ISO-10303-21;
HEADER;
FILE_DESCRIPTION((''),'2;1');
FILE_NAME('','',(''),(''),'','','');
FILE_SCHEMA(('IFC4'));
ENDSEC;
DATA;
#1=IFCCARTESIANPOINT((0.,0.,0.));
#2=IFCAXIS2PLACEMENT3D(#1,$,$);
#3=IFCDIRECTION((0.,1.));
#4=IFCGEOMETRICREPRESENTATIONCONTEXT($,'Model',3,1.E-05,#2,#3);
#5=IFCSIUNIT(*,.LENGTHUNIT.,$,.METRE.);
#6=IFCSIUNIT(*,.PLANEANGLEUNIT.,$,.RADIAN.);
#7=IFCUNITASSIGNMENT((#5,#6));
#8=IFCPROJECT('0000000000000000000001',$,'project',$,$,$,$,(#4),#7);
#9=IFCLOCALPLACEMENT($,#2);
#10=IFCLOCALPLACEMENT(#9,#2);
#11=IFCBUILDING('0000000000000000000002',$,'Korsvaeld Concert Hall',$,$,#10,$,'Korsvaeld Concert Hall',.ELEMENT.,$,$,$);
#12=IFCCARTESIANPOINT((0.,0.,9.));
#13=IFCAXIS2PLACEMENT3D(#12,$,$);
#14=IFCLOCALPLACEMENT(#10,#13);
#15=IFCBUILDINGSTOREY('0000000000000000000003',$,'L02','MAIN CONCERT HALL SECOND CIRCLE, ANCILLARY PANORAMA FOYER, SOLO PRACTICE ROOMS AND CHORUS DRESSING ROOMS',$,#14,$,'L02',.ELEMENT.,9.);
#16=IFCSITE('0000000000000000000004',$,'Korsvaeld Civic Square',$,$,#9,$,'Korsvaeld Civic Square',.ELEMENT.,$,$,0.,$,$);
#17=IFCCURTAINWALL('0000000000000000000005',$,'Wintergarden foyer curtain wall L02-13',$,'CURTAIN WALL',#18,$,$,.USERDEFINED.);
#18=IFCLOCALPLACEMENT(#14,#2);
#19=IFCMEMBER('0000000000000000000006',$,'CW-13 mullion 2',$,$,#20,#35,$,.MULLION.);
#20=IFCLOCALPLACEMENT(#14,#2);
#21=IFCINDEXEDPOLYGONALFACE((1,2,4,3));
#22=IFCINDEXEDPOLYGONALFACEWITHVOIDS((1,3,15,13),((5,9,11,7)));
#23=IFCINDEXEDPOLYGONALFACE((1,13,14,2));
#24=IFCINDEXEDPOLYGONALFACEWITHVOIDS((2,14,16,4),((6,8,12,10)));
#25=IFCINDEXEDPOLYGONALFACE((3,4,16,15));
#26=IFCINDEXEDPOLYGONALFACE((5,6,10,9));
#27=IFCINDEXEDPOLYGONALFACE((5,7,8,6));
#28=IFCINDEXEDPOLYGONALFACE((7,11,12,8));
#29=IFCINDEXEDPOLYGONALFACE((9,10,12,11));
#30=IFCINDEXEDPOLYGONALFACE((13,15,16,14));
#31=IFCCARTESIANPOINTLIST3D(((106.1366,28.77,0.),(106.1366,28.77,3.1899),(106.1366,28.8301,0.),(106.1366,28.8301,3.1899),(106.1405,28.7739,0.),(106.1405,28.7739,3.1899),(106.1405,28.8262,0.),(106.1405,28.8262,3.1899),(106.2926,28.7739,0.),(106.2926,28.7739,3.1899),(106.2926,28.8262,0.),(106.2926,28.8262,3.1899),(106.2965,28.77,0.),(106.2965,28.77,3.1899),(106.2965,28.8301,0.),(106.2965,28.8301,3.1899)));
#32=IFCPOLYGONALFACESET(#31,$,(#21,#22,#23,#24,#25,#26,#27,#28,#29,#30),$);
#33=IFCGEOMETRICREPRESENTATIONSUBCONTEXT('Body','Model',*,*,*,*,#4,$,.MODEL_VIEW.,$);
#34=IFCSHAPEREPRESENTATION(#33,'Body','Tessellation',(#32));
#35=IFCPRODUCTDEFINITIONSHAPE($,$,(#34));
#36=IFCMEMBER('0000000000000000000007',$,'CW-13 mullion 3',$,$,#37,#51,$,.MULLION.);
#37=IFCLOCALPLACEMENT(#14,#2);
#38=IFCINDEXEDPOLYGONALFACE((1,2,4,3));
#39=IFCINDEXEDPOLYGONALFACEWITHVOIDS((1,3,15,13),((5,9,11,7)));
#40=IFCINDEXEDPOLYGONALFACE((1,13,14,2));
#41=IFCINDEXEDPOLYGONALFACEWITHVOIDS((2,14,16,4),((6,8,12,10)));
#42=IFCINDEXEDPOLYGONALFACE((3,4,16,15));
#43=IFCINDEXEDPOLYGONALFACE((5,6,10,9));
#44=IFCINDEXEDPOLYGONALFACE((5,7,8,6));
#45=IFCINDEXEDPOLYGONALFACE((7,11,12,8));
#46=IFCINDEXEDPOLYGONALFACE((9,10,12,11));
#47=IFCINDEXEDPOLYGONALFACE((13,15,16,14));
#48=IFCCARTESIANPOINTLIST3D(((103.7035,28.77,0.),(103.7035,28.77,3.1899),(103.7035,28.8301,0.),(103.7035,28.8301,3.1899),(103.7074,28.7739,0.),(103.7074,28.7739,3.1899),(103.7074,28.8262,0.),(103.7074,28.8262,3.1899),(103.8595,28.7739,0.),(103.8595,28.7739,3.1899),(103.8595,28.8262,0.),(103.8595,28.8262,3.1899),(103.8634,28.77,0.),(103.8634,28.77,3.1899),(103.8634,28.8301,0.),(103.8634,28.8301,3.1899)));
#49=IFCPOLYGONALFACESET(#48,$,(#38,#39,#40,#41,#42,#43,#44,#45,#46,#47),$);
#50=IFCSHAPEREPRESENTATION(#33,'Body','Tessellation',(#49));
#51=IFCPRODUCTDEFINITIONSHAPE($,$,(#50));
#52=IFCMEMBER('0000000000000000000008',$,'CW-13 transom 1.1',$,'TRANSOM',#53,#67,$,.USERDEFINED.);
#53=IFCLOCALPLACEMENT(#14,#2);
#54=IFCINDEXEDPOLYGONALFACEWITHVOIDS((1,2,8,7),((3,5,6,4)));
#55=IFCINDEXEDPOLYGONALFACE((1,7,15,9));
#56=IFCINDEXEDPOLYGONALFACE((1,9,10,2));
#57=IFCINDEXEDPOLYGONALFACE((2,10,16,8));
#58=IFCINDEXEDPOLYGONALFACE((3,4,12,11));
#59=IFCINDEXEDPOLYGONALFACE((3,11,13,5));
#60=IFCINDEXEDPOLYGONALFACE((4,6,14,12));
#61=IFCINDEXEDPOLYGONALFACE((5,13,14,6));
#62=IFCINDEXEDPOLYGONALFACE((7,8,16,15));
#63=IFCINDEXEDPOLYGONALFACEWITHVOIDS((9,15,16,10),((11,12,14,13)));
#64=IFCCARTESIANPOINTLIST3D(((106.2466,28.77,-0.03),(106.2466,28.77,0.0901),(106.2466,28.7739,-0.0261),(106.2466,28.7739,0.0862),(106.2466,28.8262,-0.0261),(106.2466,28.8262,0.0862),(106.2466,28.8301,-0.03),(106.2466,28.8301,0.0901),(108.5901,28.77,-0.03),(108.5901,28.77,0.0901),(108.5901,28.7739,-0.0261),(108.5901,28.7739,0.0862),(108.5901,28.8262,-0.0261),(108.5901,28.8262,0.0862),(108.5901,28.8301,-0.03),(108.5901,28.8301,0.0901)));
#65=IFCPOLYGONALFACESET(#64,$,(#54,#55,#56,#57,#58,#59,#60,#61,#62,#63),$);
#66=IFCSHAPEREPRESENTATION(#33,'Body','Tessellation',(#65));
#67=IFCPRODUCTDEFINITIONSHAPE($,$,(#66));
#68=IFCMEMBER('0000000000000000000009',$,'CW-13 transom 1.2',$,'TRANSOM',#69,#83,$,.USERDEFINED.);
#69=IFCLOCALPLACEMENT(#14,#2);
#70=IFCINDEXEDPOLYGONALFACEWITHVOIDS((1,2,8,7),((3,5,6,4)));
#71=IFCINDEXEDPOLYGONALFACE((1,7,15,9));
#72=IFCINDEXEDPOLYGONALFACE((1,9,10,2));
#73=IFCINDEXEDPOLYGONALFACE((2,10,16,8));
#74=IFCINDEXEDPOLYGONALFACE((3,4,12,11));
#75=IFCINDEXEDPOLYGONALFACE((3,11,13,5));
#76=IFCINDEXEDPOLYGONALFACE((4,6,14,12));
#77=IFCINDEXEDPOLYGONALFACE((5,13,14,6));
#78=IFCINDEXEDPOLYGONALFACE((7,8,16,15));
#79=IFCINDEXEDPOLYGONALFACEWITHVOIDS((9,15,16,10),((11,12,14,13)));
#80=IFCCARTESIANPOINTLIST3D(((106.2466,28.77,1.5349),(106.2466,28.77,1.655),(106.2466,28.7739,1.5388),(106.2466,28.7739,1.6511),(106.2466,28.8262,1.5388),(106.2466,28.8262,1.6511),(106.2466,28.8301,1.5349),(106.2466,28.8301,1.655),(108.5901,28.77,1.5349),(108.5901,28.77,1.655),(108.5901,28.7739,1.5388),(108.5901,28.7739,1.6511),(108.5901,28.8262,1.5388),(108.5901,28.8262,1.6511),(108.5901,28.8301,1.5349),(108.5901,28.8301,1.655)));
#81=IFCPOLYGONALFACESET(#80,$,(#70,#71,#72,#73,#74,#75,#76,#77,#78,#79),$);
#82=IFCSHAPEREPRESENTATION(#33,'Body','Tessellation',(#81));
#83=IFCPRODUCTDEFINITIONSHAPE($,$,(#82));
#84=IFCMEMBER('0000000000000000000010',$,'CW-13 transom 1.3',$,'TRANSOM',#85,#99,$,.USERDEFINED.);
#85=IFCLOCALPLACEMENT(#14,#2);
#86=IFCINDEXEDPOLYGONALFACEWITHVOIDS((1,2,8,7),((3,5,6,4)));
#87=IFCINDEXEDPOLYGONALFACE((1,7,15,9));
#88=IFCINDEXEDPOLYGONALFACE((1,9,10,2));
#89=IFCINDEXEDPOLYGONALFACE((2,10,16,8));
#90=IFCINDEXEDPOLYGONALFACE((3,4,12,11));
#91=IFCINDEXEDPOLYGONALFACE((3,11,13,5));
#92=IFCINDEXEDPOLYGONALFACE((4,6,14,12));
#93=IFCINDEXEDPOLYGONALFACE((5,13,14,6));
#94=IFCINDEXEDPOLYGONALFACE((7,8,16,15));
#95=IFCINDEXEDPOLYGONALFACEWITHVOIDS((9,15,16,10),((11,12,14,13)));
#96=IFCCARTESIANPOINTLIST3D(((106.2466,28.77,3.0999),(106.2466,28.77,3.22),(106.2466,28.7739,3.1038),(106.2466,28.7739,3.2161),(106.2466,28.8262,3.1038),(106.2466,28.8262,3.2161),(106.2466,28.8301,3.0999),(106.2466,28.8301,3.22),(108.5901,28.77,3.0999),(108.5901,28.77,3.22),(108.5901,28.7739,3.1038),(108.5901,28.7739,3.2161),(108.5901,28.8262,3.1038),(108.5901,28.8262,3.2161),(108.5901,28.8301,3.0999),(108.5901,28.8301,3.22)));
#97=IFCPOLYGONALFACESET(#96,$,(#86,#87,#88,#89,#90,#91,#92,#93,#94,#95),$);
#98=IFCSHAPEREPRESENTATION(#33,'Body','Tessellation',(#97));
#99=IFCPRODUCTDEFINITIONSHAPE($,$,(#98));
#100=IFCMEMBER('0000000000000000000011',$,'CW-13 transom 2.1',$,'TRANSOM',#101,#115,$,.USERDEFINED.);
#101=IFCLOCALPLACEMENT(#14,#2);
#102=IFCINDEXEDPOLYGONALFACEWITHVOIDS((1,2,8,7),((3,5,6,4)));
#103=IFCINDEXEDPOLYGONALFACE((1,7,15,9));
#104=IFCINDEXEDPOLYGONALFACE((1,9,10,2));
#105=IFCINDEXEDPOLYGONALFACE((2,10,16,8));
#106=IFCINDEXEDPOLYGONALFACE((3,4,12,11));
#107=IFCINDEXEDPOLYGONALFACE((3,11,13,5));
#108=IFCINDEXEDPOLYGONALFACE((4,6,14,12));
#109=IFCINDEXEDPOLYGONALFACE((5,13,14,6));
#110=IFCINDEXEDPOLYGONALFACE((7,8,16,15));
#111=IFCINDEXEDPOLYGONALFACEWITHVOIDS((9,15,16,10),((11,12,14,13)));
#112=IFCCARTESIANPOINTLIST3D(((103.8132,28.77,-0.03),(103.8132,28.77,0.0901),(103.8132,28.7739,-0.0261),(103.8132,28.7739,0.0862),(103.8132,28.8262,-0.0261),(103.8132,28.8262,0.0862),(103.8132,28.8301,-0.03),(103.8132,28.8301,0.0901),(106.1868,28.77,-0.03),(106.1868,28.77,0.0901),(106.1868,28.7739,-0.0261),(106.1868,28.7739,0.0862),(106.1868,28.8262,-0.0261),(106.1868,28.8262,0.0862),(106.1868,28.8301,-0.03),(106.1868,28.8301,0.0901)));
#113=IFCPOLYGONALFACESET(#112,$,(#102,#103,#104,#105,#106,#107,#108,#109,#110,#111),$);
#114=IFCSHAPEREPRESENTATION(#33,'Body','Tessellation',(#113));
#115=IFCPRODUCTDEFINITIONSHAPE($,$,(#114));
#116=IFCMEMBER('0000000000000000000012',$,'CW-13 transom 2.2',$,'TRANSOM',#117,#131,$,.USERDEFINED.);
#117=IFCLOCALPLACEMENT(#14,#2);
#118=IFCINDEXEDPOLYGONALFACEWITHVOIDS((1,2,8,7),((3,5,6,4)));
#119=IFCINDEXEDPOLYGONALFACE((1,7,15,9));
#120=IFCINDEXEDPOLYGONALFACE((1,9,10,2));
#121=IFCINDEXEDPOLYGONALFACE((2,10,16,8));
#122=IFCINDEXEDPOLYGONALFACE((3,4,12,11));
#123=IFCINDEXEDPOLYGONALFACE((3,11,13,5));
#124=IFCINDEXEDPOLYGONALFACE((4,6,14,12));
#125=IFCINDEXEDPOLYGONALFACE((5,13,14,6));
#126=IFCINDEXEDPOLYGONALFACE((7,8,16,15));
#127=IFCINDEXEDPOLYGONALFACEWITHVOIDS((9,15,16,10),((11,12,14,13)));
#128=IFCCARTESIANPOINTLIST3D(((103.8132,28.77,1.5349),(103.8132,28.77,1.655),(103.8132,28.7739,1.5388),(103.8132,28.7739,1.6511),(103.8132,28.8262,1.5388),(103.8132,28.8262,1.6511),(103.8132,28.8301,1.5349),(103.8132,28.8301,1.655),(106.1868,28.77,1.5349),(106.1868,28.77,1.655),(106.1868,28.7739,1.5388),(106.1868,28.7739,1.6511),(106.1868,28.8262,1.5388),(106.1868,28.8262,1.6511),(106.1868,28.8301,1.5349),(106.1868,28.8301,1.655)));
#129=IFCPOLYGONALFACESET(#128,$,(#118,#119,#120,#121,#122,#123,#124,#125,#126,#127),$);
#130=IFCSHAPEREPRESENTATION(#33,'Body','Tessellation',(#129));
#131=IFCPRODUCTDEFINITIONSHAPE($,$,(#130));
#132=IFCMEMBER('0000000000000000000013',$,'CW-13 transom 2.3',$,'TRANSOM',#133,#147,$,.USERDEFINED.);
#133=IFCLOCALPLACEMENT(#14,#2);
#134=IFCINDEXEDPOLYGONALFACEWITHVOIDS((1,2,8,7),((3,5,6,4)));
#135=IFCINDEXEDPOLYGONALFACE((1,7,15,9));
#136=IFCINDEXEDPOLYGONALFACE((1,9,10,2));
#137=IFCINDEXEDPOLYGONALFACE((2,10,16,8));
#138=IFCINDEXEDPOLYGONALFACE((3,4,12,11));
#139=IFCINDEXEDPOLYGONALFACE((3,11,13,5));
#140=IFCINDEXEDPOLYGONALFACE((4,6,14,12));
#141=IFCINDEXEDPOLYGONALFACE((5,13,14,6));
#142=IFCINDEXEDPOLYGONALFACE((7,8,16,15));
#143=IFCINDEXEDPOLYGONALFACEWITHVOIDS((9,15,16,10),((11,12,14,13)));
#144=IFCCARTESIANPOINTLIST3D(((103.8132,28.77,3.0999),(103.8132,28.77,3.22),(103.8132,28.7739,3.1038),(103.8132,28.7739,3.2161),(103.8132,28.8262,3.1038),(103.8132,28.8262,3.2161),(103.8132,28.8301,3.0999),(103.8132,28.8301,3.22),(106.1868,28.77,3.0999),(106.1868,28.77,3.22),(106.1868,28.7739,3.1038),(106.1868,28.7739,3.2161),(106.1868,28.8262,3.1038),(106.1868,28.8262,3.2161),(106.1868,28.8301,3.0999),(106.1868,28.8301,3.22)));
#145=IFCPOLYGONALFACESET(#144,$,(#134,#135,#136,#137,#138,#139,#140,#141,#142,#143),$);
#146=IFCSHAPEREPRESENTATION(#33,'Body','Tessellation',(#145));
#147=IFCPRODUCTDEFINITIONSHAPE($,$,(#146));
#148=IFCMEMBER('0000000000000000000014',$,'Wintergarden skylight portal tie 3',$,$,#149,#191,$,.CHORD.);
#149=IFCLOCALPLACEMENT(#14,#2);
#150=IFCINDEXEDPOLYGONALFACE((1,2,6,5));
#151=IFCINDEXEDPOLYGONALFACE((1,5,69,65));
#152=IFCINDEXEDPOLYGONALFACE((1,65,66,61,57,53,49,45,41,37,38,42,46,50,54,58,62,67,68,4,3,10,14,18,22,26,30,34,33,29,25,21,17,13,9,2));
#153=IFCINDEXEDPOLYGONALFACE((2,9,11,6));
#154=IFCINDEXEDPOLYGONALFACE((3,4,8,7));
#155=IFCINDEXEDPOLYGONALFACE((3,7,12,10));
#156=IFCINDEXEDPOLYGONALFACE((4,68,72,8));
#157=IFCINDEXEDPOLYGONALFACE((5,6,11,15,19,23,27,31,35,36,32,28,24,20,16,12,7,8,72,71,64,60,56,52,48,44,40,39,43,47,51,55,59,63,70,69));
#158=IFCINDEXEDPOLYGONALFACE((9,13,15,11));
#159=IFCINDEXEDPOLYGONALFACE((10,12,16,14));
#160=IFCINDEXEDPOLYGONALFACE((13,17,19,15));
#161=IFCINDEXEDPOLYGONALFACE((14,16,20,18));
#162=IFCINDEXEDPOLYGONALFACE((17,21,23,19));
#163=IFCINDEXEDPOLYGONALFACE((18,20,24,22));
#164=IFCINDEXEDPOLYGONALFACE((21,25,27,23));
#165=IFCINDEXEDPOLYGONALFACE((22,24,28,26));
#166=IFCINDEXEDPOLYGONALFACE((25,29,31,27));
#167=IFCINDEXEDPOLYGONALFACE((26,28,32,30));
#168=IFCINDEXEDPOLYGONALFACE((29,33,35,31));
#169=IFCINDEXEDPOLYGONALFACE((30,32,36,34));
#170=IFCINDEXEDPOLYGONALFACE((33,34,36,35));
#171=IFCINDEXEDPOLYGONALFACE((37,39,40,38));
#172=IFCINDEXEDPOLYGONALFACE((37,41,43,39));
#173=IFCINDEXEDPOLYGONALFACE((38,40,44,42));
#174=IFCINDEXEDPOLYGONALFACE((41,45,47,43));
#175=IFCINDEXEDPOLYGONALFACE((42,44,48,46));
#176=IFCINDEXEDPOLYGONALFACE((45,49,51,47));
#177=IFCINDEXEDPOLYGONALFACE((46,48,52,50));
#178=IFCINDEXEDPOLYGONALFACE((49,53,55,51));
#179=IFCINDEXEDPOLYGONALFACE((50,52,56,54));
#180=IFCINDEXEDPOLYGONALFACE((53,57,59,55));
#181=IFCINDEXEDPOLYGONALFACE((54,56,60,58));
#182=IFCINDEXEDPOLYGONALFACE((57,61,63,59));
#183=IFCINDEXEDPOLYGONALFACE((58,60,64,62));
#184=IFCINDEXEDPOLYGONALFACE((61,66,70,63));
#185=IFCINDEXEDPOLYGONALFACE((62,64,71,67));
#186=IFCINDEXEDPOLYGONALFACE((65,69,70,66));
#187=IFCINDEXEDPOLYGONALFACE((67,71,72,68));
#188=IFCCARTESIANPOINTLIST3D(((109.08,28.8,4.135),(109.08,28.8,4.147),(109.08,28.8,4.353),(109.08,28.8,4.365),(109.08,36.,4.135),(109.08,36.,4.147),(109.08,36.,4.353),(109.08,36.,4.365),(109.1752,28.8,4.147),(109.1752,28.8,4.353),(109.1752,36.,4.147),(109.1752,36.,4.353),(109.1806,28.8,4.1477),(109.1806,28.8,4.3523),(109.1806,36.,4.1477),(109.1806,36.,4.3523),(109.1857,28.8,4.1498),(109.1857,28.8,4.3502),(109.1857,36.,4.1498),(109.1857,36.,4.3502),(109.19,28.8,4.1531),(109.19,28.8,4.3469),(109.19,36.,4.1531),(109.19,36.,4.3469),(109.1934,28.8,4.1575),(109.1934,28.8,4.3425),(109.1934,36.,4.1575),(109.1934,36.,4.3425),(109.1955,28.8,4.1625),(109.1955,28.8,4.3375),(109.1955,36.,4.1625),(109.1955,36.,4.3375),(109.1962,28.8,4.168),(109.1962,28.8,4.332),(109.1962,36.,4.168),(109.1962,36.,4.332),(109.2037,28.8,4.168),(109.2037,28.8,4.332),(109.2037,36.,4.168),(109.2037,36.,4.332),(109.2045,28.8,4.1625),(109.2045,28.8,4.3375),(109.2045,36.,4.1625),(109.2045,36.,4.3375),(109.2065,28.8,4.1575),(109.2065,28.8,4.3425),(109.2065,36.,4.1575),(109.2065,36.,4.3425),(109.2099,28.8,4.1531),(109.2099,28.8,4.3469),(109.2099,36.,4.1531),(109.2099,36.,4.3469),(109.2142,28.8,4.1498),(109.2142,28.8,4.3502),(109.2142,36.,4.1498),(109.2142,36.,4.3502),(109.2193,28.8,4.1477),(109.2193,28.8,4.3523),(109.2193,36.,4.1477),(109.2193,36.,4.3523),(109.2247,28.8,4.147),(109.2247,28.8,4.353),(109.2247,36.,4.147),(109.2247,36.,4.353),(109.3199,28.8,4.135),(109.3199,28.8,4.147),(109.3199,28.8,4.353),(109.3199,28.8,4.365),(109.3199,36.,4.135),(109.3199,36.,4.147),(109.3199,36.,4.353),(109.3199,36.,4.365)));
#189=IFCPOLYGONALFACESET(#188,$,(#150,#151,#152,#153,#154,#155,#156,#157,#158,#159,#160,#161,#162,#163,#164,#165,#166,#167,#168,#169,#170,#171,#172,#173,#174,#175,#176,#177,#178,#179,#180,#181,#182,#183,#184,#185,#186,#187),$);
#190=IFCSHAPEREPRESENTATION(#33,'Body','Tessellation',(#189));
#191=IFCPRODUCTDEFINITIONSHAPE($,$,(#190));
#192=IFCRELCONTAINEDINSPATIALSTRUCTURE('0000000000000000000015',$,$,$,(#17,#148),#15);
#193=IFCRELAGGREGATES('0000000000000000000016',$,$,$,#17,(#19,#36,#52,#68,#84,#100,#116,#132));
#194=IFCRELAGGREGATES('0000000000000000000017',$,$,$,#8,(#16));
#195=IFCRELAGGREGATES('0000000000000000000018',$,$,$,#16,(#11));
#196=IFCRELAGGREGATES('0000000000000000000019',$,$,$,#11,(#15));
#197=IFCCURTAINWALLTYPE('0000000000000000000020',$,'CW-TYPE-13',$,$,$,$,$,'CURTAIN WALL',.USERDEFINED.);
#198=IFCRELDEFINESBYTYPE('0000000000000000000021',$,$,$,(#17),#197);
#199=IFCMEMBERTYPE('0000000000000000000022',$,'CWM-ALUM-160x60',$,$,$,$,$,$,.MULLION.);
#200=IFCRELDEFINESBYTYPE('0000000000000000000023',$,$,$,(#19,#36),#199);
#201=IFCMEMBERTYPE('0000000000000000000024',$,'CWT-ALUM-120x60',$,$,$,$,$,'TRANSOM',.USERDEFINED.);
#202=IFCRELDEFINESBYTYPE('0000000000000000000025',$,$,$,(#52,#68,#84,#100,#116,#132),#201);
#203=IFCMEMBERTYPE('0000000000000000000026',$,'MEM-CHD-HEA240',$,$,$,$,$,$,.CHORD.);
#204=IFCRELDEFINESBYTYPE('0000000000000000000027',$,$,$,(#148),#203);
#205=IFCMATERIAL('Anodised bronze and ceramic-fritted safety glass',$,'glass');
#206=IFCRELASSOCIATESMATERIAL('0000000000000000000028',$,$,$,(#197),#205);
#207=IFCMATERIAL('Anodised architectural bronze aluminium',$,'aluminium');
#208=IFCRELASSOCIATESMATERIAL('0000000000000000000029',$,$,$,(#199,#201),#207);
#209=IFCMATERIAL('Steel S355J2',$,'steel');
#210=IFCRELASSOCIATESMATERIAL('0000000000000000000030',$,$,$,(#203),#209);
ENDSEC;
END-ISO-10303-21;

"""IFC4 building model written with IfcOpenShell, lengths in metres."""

from ifc_helpers import new_model, si_unit, direction, frame, origin, origin_2d, place, context, subcontext, project, spatial, hollow_rectangle, i_section, extrude, material, material_profile, profile_set, type_object, element, aggregate, save


model = new_model("IFC4")

# Units and contexts
model_context = context("Model", 3, precision=1e-05, world=origin(), true_north=direction((0.0, 1.0)))
body_context = subcontext(model_context, "Body", "Model", "MODEL_VIEW")
ifc_project = project(units=[si_unit("LENGTHUNIT", "METRE"), si_unit("PLANEANGLEUNIT", "RADIAN")], contexts=[model_context])

# Site, building, storey
site_placement = place(None, origin())
site = spatial("IfcSite", under=ifc_project, at=site_placement, Name="Korsvaeld Civic Square", LongName="Korsvaeld Civic Square", CompositionType="ELEMENT", RefElevation=0.0)
building_placement = place(site_placement, origin())
building = spatial("IfcBuilding", under=site, at=building_placement, Name="Korsvaeld Concert Hall", LongName="Korsvaeld Concert Hall", CompositionType="ELEMENT")
storey_placement = place(building_placement, frame((0.0, 0.0, 9.0)))
storey = spatial("IfcBuildingStorey", under=building, at=storey_placement, Name="L02", Description="MAIN CONCERT HALL SECOND CIRCLE, ANCILLARY PANORAMA FOYER, SOLO PRACTICE ROOMS AND CHORUS DRESSING ROOMS", LongName="L02", CompositionType="ELEMENT", Elevation=9.0)

# Shared definitions
ifc_material_1 = material(Name="Steel S355J2", Category="steel")

# Curtain wall, members
ifc_material_2 = material(Name="Anodised bronze and ceramic-fritted safety glass", Category="glass")
curtain_wall_type = type_object("IfcCurtainWallType", Name="CW-TYPE-13", ElementType="CURTAIN WALL", PredefinedType="USERDEFINED", material=ifc_material_2)
curtain_wall_placement = place(storey_placement, origin())
curtain_wall = element("IfcCurtainWall", 1, at=curtain_wall_placement, inside=storey, type_object=curtain_wall_type, Name="Wintergarden foyer curtain wall L02-13", ObjectType="CURTAIN WALL", PredefinedType="USERDEFINED")
ifc_material_3 = material(Name="Anodised architectural bronze aluminium", Category="aluminium")
ifc_material_profile_1 = material_profile(ifc_material_3, hollow_rectangle(XDim=0.0601, YDim=0.1599, WallThickness=0.0039, at=origin_2d()), Name="CWM 160x60x4")
ifc_profile_set_1 = profile_set([ifc_material_profile_1], Name="Anodised architectural bronze aluminium")
member_type_1 = type_object("IfcMemberType", Name="CWM-ALUM-160x60", PredefinedType="MULLION", material=ifc_profile_set_1)
member_1_placement = place(storey_placement, frame((106.2166, 28.8, 0.0), z_axis=(0.0, 0.0, 1.0), x_axis=(0.0, -1.0, 0.0)))
member_1 = element("IfcMember", 2, at=member_1_placement, type_object=member_type_1, Name="CW-13 mullion 2", PredefinedType="MULLION", context=body_context, shape_type="SweptSolid", body=[
    extrude(hollow_rectangle(XDim=0.0601, YDim=0.1599, WallThickness=0.0039, at=origin_2d()), origin(), (0.0, 0.0, 1.0), 3.1899),
])
member_2_placement = place(storey_placement, frame((103.7834, 28.8, 0.0), z_axis=(0.0, 0.0, 1.0), x_axis=(0.0, -1.0, 0.0)))
member_2 = element("IfcMember", 3, at=member_2_placement, type_object=member_type_1, Name="CW-13 mullion 3", PredefinedType="MULLION", context=body_context, shape_type="SweptSolid", body=[
    extrude(hollow_rectangle(XDim=0.0601, YDim=0.1599, WallThickness=0.0039, at=origin_2d()), origin(), (0.0, 0.0, 1.0), 3.1899),
])
ifc_material_profile_2 = material_profile(ifc_material_3, hollow_rectangle(XDim=0.0601, YDim=0.1201, WallThickness=0.0039, at=origin_2d()), Name="CWT 120x60x4")
ifc_profile_set_2 = profile_set([ifc_material_profile_2], Name="Anodised architectural bronze aluminium")
member_type_2 = type_object("IfcMemberType", Name="CWT-ALUM-120x60", ElementType="TRANSOM", PredefinedType="USERDEFINED", material=ifc_profile_set_2)
member_3_placement = place(storey_placement, frame((108.5901, 28.8, 0.03), z_axis=(-1.0, 0.0, 0.0), x_axis=(0.0, -1.0, 0.0)))
member_3 = element("IfcMember", 4, at=member_3_placement, type_object=member_type_2, Name="CW-13 transom 1.1", ObjectType="TRANSOM", PredefinedType="USERDEFINED", context=body_context, shape_type="SweptSolid", body=[
    extrude(hollow_rectangle(XDim=0.0601, YDim=0.1201, WallThickness=0.0039, at=origin_2d()), origin(), (0.0, 0.0, 1.0), 2.3435),
])
member_4_placement = place(storey_placement, frame((108.5901, 28.8, 1.595), z_axis=(-1.0, 0.0, 0.0), x_axis=(0.0, -1.0, 0.0)))
member_4 = element("IfcMember", 5, at=member_4_placement, type_object=member_type_2, Name="CW-13 transom 1.2", ObjectType="TRANSOM", PredefinedType="USERDEFINED", context=body_context, shape_type="SweptSolid", body=[
    extrude(hollow_rectangle(XDim=0.0601, YDim=0.1201, WallThickness=0.0039, at=origin_2d()), origin(), (0.0, 0.0, 1.0), 2.3435),
])
member_5_placement = place(storey_placement, frame((108.5901, 28.8, 3.1599), z_axis=(-1.0, 0.0, 0.0), x_axis=(0.0, -1.0, 0.0)))
member_5 = element("IfcMember", 6, at=member_5_placement, type_object=member_type_2, Name="CW-13 transom 1.3", ObjectType="TRANSOM", PredefinedType="USERDEFINED", context=body_context, shape_type="SweptSolid", body=[
    extrude(hollow_rectangle(XDim=0.0601, YDim=0.1201, WallThickness=0.0039, at=origin_2d()), origin(), (0.0, 0.0, 1.0), 2.3435),
])
member_6_placement = place(storey_placement, frame((106.1868, 28.8, 0.03), z_axis=(-1.0, 0.0, 0.0), x_axis=(0.0, -1.0, 0.0)))
member_6 = element("IfcMember", 7, at=member_6_placement, type_object=member_type_2, Name="CW-13 transom 2.1", ObjectType="TRANSOM", PredefinedType="USERDEFINED", context=body_context, shape_type="SweptSolid", body=[
    extrude(hollow_rectangle(XDim=0.0601, YDim=0.1201, WallThickness=0.0039, at=origin_2d()), origin(), (0.0, 0.0, 1.0), 2.3735),
])
member_7_placement = place(storey_placement, frame((106.1868, 28.8, 1.595), z_axis=(-1.0, 0.0, 0.0), x_axis=(0.0, -1.0, 0.0)))
member_7 = element("IfcMember", 8, at=member_7_placement, type_object=member_type_2, Name="CW-13 transom 2.2", ObjectType="TRANSOM", PredefinedType="USERDEFINED", context=body_context, shape_type="SweptSolid", body=[
    extrude(hollow_rectangle(XDim=0.0601, YDim=0.1201, WallThickness=0.0039, at=origin_2d()), origin(), (0.0, 0.0, 1.0), 2.3735),
])
member_8_placement = place(storey_placement, frame((106.1868, 28.8, 3.1599), z_axis=(-1.0, 0.0, 0.0), x_axis=(0.0, -1.0, 0.0)))
member_8 = element("IfcMember", 9, at=member_8_placement, type_object=member_type_2, Name="CW-13 transom 2.3", ObjectType="TRANSOM", PredefinedType="USERDEFINED", context=body_context, shape_type="SweptSolid", body=[
    extrude(hollow_rectangle(XDim=0.0601, YDim=0.1201, WallThickness=0.0039, at=origin_2d()), origin(), (0.0, 0.0, 1.0), 2.3735),
])

# Member
ifc_material_profile_3 = material_profile(ifc_material_1, i_section(OverallWidth=0.24, OverallDepth=0.23, WebThickness=0.0076, FlangeThickness=0.012, FilletRadius=0.021, at=origin_2d()), Name="HEA 240")
ifc_profile_set_3 = profile_set([ifc_material_profile_3], Name="Steel S355J2")
member_type_3 = type_object("IfcMemberType", Name="MEM-CHD-HEA240", PredefinedType="CHORD", material=ifc_profile_set_3)
member_9_placement = place(storey_placement, frame((109.2, 28.8, 4.25), z_axis=(0.0, 1.0, 0.0), x_axis=(-1.0, 0.0, 0.0)))
element("IfcMember", 10, at=member_9_placement, inside=storey, type_object=member_type_3, Name="Wintergarden skylight portal tie 3", PredefinedType="CHORD", context=body_context, shape_type="SweptSolid", body=[
    extrude(i_section(OverallWidth=0.24, OverallDepth=0.23, WebThickness=0.0076, FlangeThickness=0.012, FilletRadius=0.021, at=origin_2d()), origin(), (0.0, 0.0, 1.0), 7.2),
])

aggregate(curtain_wall, [member_1, member_2, member_3, member_4, member_5, member_6, member_7, member_8])

save(model, "model.ifc")
